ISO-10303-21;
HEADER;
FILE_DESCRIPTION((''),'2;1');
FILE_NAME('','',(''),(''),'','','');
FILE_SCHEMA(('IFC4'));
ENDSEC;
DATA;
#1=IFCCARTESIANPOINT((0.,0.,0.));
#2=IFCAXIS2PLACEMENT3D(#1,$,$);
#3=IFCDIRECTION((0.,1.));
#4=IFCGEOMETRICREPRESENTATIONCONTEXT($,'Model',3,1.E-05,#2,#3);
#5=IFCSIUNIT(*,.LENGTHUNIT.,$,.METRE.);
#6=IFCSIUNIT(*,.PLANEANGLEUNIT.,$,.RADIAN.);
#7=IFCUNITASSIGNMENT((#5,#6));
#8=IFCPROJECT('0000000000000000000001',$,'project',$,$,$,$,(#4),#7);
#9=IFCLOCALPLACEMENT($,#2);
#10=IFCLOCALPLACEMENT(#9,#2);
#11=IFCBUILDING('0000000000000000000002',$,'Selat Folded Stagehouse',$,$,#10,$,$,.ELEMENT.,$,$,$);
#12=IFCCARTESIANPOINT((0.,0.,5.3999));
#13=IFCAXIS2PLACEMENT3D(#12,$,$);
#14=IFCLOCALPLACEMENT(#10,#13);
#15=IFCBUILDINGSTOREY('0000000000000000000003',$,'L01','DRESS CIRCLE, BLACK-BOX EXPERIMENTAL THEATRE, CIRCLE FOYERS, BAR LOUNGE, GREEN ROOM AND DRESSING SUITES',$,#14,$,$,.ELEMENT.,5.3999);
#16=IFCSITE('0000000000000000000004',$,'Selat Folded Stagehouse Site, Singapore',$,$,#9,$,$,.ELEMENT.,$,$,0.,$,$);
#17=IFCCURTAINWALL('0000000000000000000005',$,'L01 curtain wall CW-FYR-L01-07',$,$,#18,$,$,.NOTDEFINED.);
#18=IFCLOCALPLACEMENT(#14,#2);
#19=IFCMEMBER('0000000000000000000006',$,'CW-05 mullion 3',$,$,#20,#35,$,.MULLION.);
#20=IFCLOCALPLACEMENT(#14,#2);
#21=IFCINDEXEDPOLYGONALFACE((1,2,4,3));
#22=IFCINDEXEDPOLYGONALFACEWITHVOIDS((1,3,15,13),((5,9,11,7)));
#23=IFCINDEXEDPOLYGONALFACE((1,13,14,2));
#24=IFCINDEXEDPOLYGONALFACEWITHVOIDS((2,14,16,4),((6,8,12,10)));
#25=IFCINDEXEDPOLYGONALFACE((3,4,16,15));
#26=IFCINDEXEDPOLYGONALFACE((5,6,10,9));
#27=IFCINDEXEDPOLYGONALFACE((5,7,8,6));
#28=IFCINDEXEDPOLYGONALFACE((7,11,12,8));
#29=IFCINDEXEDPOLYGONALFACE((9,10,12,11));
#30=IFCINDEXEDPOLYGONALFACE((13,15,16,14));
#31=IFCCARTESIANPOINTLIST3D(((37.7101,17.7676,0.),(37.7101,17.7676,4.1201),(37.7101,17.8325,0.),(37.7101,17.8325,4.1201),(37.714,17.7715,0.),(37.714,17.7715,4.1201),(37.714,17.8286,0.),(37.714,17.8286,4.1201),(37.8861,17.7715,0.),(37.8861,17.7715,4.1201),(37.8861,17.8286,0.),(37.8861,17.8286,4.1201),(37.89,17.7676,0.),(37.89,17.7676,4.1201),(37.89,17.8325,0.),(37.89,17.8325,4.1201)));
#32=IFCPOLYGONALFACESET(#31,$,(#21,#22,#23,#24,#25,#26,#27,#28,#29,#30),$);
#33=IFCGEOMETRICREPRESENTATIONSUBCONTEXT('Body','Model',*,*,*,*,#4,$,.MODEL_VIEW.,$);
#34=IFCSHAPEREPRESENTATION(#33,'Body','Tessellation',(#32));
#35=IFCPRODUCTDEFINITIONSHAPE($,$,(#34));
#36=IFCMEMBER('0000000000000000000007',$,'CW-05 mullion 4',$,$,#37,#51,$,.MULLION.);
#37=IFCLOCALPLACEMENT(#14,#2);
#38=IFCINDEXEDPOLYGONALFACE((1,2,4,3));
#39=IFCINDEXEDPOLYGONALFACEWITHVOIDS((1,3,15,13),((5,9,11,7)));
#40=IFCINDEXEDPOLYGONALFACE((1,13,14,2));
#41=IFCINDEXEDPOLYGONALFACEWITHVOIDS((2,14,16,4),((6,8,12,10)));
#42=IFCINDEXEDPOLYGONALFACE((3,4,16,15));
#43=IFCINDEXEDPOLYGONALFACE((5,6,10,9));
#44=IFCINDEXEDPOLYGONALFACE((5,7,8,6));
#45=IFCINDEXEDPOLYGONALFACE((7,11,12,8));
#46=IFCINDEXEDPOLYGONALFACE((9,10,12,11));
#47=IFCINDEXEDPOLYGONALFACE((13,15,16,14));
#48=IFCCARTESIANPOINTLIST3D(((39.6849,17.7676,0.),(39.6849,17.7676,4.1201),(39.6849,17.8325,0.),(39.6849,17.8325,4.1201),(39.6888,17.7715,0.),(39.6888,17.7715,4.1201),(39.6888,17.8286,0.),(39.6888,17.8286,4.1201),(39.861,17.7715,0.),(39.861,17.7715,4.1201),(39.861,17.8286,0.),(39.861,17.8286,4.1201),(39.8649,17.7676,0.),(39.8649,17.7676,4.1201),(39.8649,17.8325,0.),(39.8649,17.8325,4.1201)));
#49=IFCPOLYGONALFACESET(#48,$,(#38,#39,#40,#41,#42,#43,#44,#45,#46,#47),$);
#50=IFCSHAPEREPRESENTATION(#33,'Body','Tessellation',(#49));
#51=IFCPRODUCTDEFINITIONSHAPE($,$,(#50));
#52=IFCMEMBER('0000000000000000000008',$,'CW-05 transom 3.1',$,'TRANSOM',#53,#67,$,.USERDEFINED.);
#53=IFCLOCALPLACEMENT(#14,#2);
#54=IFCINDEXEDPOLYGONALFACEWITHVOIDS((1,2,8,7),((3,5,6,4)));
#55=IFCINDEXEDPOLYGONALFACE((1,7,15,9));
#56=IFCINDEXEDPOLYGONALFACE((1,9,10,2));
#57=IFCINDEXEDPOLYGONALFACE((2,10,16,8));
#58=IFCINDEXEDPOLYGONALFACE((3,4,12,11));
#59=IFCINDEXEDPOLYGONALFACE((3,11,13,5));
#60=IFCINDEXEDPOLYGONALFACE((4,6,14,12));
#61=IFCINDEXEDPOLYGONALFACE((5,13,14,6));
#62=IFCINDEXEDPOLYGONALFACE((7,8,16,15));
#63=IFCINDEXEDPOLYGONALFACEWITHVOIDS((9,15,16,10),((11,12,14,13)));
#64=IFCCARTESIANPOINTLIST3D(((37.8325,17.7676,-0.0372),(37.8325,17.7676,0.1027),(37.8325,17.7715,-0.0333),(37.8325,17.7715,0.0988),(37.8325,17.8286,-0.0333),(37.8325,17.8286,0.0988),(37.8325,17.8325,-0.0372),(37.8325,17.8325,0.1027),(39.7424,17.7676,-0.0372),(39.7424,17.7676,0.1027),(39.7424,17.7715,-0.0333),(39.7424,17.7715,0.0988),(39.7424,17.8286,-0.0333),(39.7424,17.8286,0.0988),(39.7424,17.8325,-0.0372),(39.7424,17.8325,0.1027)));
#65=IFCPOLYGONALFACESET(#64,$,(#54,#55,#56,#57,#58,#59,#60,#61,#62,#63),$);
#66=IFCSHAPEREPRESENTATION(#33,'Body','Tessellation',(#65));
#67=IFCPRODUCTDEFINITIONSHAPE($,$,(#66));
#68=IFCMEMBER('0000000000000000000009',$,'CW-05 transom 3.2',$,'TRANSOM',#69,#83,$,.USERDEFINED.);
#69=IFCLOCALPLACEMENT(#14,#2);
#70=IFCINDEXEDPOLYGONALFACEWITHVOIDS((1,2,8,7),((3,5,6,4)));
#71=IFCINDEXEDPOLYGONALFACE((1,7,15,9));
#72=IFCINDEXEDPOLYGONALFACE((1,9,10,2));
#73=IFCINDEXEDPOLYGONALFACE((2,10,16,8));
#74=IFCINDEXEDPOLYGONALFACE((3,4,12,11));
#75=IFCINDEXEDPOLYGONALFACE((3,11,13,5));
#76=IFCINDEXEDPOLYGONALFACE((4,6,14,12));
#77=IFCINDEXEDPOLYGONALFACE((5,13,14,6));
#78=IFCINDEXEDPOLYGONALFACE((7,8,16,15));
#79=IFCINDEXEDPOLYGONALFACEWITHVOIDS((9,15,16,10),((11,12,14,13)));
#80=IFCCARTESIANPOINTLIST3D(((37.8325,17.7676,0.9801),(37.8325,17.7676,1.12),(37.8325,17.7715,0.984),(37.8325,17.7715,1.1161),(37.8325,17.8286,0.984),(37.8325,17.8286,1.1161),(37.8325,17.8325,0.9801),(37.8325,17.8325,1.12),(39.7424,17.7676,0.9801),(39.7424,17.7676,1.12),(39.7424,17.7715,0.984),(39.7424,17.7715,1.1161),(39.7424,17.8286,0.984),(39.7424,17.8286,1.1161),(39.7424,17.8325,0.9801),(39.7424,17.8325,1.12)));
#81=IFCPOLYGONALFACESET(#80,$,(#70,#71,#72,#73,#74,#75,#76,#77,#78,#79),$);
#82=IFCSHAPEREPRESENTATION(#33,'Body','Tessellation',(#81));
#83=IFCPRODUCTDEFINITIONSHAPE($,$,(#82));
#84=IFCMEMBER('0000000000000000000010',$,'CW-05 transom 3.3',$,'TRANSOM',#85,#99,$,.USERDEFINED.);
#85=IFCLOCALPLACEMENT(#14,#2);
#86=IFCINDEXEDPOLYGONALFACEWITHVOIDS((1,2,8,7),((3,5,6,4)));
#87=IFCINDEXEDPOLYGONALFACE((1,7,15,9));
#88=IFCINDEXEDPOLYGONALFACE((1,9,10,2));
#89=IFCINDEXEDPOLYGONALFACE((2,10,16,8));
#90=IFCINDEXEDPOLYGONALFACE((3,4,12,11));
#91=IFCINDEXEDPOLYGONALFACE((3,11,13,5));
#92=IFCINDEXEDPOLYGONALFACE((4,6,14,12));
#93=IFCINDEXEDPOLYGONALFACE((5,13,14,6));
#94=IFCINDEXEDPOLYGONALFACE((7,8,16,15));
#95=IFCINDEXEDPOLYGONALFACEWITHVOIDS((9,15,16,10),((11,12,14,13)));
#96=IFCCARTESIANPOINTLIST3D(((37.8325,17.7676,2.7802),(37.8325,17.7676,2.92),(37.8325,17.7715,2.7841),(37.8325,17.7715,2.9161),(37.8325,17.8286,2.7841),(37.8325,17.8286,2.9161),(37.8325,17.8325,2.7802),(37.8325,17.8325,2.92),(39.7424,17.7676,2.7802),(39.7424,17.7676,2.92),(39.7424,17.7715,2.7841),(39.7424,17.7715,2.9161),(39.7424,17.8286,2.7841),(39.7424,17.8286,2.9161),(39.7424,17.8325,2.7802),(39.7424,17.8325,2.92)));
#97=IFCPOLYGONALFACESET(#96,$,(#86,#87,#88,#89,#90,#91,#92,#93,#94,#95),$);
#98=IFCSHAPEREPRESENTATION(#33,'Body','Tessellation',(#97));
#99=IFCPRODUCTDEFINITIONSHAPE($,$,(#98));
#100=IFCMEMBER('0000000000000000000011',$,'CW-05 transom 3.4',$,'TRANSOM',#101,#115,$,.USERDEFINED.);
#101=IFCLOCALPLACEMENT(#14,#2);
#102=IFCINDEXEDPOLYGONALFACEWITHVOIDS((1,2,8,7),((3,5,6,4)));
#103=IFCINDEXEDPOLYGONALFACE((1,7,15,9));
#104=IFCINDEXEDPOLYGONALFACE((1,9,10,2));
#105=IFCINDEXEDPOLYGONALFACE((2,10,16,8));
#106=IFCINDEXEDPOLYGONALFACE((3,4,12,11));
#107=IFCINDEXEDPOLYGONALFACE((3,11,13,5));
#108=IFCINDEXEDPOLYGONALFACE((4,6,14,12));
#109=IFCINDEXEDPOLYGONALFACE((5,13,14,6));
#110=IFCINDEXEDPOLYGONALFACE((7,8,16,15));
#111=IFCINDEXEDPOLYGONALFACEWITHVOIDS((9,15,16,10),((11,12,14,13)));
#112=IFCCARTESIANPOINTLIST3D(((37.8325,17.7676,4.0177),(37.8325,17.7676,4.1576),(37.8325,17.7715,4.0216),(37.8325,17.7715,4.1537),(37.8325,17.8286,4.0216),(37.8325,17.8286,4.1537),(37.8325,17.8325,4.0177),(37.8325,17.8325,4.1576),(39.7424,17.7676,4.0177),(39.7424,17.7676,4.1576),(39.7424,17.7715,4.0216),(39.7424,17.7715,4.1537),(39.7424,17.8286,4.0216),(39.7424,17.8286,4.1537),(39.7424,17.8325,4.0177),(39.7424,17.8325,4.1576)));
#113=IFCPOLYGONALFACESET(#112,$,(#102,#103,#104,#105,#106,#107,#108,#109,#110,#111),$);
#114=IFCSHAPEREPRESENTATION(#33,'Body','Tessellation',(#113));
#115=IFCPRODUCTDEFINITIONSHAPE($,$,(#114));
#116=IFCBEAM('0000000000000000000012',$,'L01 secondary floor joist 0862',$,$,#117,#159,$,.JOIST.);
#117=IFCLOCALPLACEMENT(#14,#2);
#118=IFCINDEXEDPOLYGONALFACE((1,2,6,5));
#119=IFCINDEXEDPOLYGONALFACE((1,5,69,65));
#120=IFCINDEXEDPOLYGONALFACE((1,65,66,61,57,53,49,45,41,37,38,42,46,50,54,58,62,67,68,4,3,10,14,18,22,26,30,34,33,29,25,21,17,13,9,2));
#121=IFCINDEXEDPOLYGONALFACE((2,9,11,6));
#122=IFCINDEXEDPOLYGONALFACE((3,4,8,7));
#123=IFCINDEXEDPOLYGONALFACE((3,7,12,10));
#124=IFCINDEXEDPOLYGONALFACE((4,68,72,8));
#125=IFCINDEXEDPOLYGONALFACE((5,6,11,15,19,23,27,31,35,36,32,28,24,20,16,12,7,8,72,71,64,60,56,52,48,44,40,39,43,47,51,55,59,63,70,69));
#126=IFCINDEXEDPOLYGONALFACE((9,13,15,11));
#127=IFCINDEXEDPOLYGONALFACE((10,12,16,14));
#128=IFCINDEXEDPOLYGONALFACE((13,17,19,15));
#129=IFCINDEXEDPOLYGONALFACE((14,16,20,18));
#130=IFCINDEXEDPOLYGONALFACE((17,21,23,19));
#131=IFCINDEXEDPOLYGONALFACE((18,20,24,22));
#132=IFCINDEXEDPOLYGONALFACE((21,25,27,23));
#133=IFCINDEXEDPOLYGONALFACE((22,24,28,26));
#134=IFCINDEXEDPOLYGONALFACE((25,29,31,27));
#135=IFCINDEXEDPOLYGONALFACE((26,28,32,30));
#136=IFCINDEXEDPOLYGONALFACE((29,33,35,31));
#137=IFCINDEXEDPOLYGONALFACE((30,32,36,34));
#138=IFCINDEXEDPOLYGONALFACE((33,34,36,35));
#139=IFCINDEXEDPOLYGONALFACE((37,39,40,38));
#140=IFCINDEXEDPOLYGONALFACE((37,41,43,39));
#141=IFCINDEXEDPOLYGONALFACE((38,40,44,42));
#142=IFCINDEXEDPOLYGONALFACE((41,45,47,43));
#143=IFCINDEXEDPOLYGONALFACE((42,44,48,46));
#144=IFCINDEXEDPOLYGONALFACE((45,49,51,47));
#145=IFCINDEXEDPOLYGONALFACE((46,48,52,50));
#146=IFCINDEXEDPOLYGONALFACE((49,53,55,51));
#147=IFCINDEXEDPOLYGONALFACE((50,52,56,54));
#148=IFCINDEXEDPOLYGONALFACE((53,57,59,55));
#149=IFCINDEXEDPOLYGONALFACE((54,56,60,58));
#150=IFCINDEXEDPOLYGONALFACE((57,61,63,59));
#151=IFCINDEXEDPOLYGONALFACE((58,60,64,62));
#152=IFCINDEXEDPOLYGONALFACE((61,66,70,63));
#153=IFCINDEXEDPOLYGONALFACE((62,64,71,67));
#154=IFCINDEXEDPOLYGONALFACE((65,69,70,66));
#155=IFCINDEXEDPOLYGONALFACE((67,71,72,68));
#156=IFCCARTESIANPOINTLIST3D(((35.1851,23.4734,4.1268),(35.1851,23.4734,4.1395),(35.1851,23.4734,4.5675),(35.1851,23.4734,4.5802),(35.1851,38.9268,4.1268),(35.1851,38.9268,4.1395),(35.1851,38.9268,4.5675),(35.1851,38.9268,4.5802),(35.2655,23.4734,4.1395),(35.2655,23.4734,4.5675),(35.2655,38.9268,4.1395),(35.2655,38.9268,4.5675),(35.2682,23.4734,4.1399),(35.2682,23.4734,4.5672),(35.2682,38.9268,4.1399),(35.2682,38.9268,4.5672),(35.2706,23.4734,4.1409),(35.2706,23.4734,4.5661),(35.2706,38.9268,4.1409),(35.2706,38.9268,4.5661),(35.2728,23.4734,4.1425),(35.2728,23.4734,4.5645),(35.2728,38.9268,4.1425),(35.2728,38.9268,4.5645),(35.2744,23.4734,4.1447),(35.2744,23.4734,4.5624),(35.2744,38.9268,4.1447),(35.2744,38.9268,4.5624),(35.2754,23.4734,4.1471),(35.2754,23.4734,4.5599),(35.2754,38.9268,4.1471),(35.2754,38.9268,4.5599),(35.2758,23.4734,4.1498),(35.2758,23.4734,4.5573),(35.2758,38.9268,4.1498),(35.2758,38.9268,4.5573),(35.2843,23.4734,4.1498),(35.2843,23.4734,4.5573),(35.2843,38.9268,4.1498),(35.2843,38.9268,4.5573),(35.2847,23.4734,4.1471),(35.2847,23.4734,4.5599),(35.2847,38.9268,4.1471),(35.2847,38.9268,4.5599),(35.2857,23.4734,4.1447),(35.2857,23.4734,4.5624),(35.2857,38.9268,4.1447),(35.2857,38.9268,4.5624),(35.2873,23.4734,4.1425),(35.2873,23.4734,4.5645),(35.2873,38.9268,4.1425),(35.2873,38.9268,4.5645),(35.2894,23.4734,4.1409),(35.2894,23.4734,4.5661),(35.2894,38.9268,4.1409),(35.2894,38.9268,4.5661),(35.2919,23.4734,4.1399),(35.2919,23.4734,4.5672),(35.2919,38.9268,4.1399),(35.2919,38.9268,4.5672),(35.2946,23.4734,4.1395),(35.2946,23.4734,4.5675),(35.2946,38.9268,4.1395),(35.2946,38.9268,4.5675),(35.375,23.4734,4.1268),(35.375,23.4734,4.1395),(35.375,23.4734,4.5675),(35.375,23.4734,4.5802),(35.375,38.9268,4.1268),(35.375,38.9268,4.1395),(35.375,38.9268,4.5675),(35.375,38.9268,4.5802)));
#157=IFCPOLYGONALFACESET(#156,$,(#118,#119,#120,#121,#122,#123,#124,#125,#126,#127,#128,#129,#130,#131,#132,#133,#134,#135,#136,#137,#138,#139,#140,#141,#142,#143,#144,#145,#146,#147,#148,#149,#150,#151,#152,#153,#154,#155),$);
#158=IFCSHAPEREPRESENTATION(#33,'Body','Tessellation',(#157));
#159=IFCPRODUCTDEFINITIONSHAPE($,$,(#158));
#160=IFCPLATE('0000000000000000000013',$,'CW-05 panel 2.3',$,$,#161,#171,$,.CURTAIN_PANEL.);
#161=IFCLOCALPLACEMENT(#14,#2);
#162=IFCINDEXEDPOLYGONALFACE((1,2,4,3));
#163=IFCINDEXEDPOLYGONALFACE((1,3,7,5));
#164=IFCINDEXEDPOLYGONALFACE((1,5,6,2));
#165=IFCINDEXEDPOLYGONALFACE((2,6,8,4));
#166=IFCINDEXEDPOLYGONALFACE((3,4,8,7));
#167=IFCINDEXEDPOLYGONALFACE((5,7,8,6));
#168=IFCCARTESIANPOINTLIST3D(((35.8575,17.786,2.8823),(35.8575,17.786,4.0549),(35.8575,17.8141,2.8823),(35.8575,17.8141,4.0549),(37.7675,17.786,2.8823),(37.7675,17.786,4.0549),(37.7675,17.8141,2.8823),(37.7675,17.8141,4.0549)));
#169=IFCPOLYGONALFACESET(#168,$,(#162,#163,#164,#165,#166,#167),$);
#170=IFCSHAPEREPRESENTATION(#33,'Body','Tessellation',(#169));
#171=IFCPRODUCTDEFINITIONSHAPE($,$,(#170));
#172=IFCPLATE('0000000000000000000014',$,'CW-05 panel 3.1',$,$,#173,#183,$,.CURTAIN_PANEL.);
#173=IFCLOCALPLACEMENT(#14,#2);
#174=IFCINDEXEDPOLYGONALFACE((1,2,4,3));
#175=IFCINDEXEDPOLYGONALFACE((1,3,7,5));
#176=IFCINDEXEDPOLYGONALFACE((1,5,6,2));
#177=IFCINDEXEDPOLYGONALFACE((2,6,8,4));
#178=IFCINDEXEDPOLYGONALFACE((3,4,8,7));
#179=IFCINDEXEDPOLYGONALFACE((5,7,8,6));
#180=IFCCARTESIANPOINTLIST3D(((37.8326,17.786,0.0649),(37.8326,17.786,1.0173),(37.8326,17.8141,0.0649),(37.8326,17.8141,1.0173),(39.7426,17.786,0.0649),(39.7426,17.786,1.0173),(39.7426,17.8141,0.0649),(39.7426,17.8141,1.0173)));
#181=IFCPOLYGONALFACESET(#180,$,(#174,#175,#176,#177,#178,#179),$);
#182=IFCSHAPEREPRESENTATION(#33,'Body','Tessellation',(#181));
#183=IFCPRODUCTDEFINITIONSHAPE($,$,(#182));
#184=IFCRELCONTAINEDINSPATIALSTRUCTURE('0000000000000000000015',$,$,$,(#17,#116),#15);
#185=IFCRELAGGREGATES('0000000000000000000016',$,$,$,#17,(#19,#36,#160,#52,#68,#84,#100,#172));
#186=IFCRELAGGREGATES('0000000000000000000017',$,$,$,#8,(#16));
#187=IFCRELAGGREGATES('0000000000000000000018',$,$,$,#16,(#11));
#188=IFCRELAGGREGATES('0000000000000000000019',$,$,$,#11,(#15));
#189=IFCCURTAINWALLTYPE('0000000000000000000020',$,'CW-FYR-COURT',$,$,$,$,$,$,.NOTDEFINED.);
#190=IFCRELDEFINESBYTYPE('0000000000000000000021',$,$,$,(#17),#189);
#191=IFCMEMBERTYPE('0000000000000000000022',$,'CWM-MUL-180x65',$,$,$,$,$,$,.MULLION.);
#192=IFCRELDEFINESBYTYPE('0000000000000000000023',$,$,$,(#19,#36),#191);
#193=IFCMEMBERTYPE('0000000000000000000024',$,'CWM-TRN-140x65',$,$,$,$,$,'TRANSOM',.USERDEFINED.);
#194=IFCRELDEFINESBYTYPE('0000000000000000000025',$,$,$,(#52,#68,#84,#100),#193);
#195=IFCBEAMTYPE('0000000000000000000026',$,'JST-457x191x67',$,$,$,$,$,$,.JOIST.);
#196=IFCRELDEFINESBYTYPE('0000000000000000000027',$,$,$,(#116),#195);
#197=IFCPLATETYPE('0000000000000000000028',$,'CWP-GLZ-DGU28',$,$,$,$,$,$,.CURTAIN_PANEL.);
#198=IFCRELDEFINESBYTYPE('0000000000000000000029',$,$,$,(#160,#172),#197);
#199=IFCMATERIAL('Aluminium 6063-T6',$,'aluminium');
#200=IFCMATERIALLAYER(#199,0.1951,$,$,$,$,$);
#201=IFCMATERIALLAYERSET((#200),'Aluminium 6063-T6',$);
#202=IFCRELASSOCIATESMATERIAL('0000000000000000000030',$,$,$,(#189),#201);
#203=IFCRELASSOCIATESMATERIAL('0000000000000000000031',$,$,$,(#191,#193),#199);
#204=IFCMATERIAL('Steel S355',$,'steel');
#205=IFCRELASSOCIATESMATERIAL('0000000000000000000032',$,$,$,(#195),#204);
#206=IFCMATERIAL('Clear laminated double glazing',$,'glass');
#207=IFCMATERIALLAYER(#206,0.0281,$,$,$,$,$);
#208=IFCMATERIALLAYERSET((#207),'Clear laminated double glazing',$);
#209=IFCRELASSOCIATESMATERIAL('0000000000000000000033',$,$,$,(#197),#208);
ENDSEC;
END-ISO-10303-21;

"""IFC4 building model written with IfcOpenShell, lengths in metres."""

from ifc_helpers import new_model, si_unit, direction, frame, origin, origin_2d, place, context, subcontext, project, spatial, rectangle, hollow_rectangle, i_section, extrude, material, layer, layer_set, material_profile, profile_set, type_object, element, aggregate, save


model = new_model("IFC4")

# Units and contexts
model_context = context("Model", 3, precision=1e-05, world=origin(), true_north=direction((0.0, 1.0)))
body_context = subcontext(model_context, "Body", "Model", "MODEL_VIEW")
ifc_project = project(units=[si_unit("LENGTHUNIT", "METRE"), si_unit("PLANEANGLEUNIT", "RADIAN")], contexts=[model_context])

# Site, building, storey
site_placement = place(None, origin())
site = spatial("IfcSite", under=ifc_project, at=site_placement, Name="Selat Folded Stagehouse Site, Singapore", CompositionType="ELEMENT", RefElevation=0.0)
building_placement = place(site_placement, origin())
building = spatial("IfcBuilding", under=site, at=building_placement, Name="Selat Folded Stagehouse", CompositionType="ELEMENT")
storey_placement = place(building_placement, frame((0.0, 0.0, 5.3999)))
storey = spatial("IfcBuildingStorey", under=building, at=storey_placement, Name="L01", Description="DRESS CIRCLE, BLACK-BOX EXPERIMENTAL THEATRE, CIRCLE FOYERS, BAR LOUNGE, GREEN ROOM AND DRESSING SUITES", CompositionType="ELEMENT", Elevation=5.3999)

# Shared definitions
ifc_material_1 = material(Name="Steel S355", Category="steel")

# Curtain wall, members
ifc_material_2 = material(Name="Aluminium 6063-T6", Category="aluminium")
ifc_layer_1 = layer(ifc_material_2, 0.1951)
ifc_layer_set_1 = layer_set([ifc_layer_1], Name="Aluminium 6063-T6")
curtain_wall_type = type_object("IfcCurtainWallType", Name="CW-FYR-COURT", PredefinedType="NOTDEFINED", material=ifc_layer_set_1)
curtain_wall_placement = place(storey_placement, origin())
curtain_wall = element("IfcCurtainWall", 1, at=curtain_wall_placement, inside=storey, type_object=curtain_wall_type, Name="L01 curtain wall CW-FYR-L01-07", PredefinedType="NOTDEFINED")
ifc_material_profile_1 = material_profile(ifc_material_2, hollow_rectangle(XDim=0.0649, YDim=0.1799, WallThickness=0.0039, at=origin_2d()), Name="ALU 180x65x4.0")
ifc_profile_set_1 = profile_set([ifc_material_profile_1], Name="Aluminium 6063-T6")
member_type_1 = type_object("IfcMemberType", Name="CWM-MUL-180x65", PredefinedType="MULLION", material=ifc_profile_set_1)
member_1_placement = place(storey_placement, frame((37.8, 17.8, 0.0), z_axis=(0.0, 0.0, 1.0), x_axis=(0.0, 1.0, 0.0)))
member_1 = element("IfcMember", 2, at=member_1_placement, type_object=member_type_1, Name="CW-05 mullion 3", PredefinedType="MULLION", context=body_context, shape_type="SweptSolid", body=[
    extrude(hollow_rectangle(XDim=0.0649, YDim=0.1799, WallThickness=0.0039, at=origin_2d()), origin(), (0.0, 0.0, 1.0), 4.1201),
])
member_2_placement = place(storey_placement, frame((39.7749, 17.8, 0.0), z_axis=(0.0, 0.0, 1.0), x_axis=(0.0, 1.0, 0.0)))
member_2 = element("IfcMember", 3, at=member_2_placement, type_object=member_type_1, Name="CW-05 mullion 4", PredefinedType="MULLION", context=body_context, shape_type="SweptSolid", body=[
    extrude(hollow_rectangle(XDim=0.0649, YDim=0.1799, WallThickness=0.0039, at=origin_2d()), origin(), (0.0, 0.0, 1.0), 4.1201),
])
ifc_material_profile_2 = material_profile(ifc_material_2, hollow_rectangle(XDim=0.0649, YDim=0.1399, WallThickness=0.0039, at=origin_2d()), Name="ALU 140x65x4.0")
ifc_profile_set_2 = profile_set([ifc_material_profile_2], Name="Aluminium 6063-T6")
member_type_2 = type_object("IfcMemberType", Name="CWM-TRN-140x65", ElementType="TRANSOM", PredefinedType="USERDEFINED", material=ifc_profile_set_2)
member_3_placement = place(storey_placement, frame((37.8325, 17.8, 0.0327), z_axis=(1.0, 0.0, 0.0), x_axis=(0.0, 1.0, 0.0)))
member_3 = element("IfcMember", 4, at=member_3_placement, type_object=member_type_2, Name="CW-05 transom 3.1", ObjectType="TRANSOM", PredefinedType="USERDEFINED", context=body_context, shape_type="SweptSolid", body=[
    extrude(hollow_rectangle(XDim=0.0649, YDim=0.1399, WallThickness=0.0039, at=origin_2d()), origin(), (0.0, 0.0, 1.0), 1.9099),
])
member_4_placement = place(storey_placement, frame((37.8325, 17.8, 1.05), z_axis=(1.0, 0.0, 0.0), x_axis=(0.0, 1.0, 0.0)))
member_4 = element("IfcMember", 5, at=member_4_placement, type_object=member_type_2, Name="CW-05 transom 3.2", ObjectType="TRANSOM", PredefinedType="USERDEFINED", context=body_context, shape_type="SweptSolid", body=[
    extrude(hollow_rectangle(XDim=0.0649, YDim=0.1399, WallThickness=0.0039, at=origin_2d()), origin(), (0.0, 0.0, 1.0), 1.9099),
])
member_5_placement = place(storey_placement, frame((37.8325, 17.8, 2.8501), z_axis=(1.0, 0.0, 0.0), x_axis=(0.0, 1.0, 0.0)))
member_5 = element("IfcMember", 6, at=member_5_placement, type_object=member_type_2, Name="CW-05 transom 3.3", ObjectType="TRANSOM", PredefinedType="USERDEFINED", context=body_context, shape_type="SweptSolid", body=[
    extrude(hollow_rectangle(XDim=0.0649, YDim=0.1399, WallThickness=0.0039, at=origin_2d()), origin(), (0.0, 0.0, 1.0), 1.9099),
])
member_6_placement = place(storey_placement, frame((37.8325, 17.8, 4.0876), z_axis=(1.0, 0.0, 0.0), x_axis=(0.0, 1.0, 0.0)))
member_6 = element("IfcMember", 7, at=member_6_placement, type_object=member_type_2, Name="CW-05 transom 3.4", ObjectType="TRANSOM", PredefinedType="USERDEFINED", context=body_context, shape_type="SweptSolid", body=[
    extrude(hollow_rectangle(XDim=0.0649, YDim=0.1399, WallThickness=0.0039, at=origin_2d()), origin(), (0.0, 0.0, 1.0), 1.9099),
])

# Beam
ifc_material_profile_3 = material_profile(ifc_material_1, i_section(OverallWidth=0.1899, OverallDepth=0.4534, WebThickness=0.0085, FlangeThickness=0.0127, FilletRadius=0.0103, at=origin_2d()), Name="UKB 457x191x67")
ifc_profile_set_3 = profile_set([ifc_material_profile_3], Name="Steel S355")
beam_type_1 = type_object("IfcBeamType", Name="JST-457x191x67", PredefinedType="JOIST", material=ifc_profile_set_3)
beam_1_placement = place(storey_placement, frame((35.28, 23.4734, 4.3535), z_axis=(0.0, 1.0, 0.0), x_axis=(-1.0, 0.0, 0.0)))
element("IfcBeam", 8, at=beam_1_placement, inside=storey, type_object=beam_type_1, Name="L01 secondary floor joist 0862", PredefinedType="JOIST", context=body_context, shape_type="SweptSolid", body=[
    extrude(i_section(OverallWidth=0.1899, OverallDepth=0.4534, WebThickness=0.0085, FlangeThickness=0.0127, FilletRadius=0.0103, at=origin_2d()), origin(), (0.0, 0.0, 1.0), 15.4534),
])

# Plates
ifc_material_3 = material(Name="Clear laminated double glazing", Category="glass")
ifc_layer_2 = layer(ifc_material_3, 0.0281)
ifc_layer_set_2 = layer_set([ifc_layer_2], Name="Clear laminated double glazing")
plate_type = type_object("IfcPlateType", Name="CWP-GLZ-DGU28", PredefinedType="CURTAIN_PANEL", material=ifc_layer_set_2)
plate_1_placement = place(storey_placement, frame((36.8125, 17.8, 2.8823), z_axis=(0.0, 0.0, 1.0), x_axis=(1.0, 0.0, 0.0)))
plate_1 = element("IfcPlate", 9, at=plate_1_placement, type_object=plate_type, Name="CW-05 panel 2.3", PredefinedType="CURTAIN_PANEL", context=body_context, shape_type="SweptSolid", body=[
    extrude(rectangle(XDim=1.9099, YDim=0.0281, at=origin_2d()), origin(), (0.0, 0.0, 1.0), 1.1726),
])
plate_2_placement = place(storey_placement, frame((38.7876, 17.8, 0.0649), z_axis=(0.0, 0.0, 1.0), x_axis=(1.0, 0.0, 0.0)))
plate_2 = element("IfcPlate", 10, at=plate_2_placement, type_object=plate_type, Name="CW-05 panel 3.1", PredefinedType="CURTAIN_PANEL", context=body_context, shape_type="SweptSolid", body=[
    extrude(rectangle(XDim=1.9099, YDim=0.0281, at=origin_2d()), origin(), (0.0, 0.0, 1.0), 0.9524),
])
aggregate(curtain_wall, [member_1, member_2, plate_1, member_3, member_4, member_5, member_6, plate_2])

save(model, "model.ifc")
